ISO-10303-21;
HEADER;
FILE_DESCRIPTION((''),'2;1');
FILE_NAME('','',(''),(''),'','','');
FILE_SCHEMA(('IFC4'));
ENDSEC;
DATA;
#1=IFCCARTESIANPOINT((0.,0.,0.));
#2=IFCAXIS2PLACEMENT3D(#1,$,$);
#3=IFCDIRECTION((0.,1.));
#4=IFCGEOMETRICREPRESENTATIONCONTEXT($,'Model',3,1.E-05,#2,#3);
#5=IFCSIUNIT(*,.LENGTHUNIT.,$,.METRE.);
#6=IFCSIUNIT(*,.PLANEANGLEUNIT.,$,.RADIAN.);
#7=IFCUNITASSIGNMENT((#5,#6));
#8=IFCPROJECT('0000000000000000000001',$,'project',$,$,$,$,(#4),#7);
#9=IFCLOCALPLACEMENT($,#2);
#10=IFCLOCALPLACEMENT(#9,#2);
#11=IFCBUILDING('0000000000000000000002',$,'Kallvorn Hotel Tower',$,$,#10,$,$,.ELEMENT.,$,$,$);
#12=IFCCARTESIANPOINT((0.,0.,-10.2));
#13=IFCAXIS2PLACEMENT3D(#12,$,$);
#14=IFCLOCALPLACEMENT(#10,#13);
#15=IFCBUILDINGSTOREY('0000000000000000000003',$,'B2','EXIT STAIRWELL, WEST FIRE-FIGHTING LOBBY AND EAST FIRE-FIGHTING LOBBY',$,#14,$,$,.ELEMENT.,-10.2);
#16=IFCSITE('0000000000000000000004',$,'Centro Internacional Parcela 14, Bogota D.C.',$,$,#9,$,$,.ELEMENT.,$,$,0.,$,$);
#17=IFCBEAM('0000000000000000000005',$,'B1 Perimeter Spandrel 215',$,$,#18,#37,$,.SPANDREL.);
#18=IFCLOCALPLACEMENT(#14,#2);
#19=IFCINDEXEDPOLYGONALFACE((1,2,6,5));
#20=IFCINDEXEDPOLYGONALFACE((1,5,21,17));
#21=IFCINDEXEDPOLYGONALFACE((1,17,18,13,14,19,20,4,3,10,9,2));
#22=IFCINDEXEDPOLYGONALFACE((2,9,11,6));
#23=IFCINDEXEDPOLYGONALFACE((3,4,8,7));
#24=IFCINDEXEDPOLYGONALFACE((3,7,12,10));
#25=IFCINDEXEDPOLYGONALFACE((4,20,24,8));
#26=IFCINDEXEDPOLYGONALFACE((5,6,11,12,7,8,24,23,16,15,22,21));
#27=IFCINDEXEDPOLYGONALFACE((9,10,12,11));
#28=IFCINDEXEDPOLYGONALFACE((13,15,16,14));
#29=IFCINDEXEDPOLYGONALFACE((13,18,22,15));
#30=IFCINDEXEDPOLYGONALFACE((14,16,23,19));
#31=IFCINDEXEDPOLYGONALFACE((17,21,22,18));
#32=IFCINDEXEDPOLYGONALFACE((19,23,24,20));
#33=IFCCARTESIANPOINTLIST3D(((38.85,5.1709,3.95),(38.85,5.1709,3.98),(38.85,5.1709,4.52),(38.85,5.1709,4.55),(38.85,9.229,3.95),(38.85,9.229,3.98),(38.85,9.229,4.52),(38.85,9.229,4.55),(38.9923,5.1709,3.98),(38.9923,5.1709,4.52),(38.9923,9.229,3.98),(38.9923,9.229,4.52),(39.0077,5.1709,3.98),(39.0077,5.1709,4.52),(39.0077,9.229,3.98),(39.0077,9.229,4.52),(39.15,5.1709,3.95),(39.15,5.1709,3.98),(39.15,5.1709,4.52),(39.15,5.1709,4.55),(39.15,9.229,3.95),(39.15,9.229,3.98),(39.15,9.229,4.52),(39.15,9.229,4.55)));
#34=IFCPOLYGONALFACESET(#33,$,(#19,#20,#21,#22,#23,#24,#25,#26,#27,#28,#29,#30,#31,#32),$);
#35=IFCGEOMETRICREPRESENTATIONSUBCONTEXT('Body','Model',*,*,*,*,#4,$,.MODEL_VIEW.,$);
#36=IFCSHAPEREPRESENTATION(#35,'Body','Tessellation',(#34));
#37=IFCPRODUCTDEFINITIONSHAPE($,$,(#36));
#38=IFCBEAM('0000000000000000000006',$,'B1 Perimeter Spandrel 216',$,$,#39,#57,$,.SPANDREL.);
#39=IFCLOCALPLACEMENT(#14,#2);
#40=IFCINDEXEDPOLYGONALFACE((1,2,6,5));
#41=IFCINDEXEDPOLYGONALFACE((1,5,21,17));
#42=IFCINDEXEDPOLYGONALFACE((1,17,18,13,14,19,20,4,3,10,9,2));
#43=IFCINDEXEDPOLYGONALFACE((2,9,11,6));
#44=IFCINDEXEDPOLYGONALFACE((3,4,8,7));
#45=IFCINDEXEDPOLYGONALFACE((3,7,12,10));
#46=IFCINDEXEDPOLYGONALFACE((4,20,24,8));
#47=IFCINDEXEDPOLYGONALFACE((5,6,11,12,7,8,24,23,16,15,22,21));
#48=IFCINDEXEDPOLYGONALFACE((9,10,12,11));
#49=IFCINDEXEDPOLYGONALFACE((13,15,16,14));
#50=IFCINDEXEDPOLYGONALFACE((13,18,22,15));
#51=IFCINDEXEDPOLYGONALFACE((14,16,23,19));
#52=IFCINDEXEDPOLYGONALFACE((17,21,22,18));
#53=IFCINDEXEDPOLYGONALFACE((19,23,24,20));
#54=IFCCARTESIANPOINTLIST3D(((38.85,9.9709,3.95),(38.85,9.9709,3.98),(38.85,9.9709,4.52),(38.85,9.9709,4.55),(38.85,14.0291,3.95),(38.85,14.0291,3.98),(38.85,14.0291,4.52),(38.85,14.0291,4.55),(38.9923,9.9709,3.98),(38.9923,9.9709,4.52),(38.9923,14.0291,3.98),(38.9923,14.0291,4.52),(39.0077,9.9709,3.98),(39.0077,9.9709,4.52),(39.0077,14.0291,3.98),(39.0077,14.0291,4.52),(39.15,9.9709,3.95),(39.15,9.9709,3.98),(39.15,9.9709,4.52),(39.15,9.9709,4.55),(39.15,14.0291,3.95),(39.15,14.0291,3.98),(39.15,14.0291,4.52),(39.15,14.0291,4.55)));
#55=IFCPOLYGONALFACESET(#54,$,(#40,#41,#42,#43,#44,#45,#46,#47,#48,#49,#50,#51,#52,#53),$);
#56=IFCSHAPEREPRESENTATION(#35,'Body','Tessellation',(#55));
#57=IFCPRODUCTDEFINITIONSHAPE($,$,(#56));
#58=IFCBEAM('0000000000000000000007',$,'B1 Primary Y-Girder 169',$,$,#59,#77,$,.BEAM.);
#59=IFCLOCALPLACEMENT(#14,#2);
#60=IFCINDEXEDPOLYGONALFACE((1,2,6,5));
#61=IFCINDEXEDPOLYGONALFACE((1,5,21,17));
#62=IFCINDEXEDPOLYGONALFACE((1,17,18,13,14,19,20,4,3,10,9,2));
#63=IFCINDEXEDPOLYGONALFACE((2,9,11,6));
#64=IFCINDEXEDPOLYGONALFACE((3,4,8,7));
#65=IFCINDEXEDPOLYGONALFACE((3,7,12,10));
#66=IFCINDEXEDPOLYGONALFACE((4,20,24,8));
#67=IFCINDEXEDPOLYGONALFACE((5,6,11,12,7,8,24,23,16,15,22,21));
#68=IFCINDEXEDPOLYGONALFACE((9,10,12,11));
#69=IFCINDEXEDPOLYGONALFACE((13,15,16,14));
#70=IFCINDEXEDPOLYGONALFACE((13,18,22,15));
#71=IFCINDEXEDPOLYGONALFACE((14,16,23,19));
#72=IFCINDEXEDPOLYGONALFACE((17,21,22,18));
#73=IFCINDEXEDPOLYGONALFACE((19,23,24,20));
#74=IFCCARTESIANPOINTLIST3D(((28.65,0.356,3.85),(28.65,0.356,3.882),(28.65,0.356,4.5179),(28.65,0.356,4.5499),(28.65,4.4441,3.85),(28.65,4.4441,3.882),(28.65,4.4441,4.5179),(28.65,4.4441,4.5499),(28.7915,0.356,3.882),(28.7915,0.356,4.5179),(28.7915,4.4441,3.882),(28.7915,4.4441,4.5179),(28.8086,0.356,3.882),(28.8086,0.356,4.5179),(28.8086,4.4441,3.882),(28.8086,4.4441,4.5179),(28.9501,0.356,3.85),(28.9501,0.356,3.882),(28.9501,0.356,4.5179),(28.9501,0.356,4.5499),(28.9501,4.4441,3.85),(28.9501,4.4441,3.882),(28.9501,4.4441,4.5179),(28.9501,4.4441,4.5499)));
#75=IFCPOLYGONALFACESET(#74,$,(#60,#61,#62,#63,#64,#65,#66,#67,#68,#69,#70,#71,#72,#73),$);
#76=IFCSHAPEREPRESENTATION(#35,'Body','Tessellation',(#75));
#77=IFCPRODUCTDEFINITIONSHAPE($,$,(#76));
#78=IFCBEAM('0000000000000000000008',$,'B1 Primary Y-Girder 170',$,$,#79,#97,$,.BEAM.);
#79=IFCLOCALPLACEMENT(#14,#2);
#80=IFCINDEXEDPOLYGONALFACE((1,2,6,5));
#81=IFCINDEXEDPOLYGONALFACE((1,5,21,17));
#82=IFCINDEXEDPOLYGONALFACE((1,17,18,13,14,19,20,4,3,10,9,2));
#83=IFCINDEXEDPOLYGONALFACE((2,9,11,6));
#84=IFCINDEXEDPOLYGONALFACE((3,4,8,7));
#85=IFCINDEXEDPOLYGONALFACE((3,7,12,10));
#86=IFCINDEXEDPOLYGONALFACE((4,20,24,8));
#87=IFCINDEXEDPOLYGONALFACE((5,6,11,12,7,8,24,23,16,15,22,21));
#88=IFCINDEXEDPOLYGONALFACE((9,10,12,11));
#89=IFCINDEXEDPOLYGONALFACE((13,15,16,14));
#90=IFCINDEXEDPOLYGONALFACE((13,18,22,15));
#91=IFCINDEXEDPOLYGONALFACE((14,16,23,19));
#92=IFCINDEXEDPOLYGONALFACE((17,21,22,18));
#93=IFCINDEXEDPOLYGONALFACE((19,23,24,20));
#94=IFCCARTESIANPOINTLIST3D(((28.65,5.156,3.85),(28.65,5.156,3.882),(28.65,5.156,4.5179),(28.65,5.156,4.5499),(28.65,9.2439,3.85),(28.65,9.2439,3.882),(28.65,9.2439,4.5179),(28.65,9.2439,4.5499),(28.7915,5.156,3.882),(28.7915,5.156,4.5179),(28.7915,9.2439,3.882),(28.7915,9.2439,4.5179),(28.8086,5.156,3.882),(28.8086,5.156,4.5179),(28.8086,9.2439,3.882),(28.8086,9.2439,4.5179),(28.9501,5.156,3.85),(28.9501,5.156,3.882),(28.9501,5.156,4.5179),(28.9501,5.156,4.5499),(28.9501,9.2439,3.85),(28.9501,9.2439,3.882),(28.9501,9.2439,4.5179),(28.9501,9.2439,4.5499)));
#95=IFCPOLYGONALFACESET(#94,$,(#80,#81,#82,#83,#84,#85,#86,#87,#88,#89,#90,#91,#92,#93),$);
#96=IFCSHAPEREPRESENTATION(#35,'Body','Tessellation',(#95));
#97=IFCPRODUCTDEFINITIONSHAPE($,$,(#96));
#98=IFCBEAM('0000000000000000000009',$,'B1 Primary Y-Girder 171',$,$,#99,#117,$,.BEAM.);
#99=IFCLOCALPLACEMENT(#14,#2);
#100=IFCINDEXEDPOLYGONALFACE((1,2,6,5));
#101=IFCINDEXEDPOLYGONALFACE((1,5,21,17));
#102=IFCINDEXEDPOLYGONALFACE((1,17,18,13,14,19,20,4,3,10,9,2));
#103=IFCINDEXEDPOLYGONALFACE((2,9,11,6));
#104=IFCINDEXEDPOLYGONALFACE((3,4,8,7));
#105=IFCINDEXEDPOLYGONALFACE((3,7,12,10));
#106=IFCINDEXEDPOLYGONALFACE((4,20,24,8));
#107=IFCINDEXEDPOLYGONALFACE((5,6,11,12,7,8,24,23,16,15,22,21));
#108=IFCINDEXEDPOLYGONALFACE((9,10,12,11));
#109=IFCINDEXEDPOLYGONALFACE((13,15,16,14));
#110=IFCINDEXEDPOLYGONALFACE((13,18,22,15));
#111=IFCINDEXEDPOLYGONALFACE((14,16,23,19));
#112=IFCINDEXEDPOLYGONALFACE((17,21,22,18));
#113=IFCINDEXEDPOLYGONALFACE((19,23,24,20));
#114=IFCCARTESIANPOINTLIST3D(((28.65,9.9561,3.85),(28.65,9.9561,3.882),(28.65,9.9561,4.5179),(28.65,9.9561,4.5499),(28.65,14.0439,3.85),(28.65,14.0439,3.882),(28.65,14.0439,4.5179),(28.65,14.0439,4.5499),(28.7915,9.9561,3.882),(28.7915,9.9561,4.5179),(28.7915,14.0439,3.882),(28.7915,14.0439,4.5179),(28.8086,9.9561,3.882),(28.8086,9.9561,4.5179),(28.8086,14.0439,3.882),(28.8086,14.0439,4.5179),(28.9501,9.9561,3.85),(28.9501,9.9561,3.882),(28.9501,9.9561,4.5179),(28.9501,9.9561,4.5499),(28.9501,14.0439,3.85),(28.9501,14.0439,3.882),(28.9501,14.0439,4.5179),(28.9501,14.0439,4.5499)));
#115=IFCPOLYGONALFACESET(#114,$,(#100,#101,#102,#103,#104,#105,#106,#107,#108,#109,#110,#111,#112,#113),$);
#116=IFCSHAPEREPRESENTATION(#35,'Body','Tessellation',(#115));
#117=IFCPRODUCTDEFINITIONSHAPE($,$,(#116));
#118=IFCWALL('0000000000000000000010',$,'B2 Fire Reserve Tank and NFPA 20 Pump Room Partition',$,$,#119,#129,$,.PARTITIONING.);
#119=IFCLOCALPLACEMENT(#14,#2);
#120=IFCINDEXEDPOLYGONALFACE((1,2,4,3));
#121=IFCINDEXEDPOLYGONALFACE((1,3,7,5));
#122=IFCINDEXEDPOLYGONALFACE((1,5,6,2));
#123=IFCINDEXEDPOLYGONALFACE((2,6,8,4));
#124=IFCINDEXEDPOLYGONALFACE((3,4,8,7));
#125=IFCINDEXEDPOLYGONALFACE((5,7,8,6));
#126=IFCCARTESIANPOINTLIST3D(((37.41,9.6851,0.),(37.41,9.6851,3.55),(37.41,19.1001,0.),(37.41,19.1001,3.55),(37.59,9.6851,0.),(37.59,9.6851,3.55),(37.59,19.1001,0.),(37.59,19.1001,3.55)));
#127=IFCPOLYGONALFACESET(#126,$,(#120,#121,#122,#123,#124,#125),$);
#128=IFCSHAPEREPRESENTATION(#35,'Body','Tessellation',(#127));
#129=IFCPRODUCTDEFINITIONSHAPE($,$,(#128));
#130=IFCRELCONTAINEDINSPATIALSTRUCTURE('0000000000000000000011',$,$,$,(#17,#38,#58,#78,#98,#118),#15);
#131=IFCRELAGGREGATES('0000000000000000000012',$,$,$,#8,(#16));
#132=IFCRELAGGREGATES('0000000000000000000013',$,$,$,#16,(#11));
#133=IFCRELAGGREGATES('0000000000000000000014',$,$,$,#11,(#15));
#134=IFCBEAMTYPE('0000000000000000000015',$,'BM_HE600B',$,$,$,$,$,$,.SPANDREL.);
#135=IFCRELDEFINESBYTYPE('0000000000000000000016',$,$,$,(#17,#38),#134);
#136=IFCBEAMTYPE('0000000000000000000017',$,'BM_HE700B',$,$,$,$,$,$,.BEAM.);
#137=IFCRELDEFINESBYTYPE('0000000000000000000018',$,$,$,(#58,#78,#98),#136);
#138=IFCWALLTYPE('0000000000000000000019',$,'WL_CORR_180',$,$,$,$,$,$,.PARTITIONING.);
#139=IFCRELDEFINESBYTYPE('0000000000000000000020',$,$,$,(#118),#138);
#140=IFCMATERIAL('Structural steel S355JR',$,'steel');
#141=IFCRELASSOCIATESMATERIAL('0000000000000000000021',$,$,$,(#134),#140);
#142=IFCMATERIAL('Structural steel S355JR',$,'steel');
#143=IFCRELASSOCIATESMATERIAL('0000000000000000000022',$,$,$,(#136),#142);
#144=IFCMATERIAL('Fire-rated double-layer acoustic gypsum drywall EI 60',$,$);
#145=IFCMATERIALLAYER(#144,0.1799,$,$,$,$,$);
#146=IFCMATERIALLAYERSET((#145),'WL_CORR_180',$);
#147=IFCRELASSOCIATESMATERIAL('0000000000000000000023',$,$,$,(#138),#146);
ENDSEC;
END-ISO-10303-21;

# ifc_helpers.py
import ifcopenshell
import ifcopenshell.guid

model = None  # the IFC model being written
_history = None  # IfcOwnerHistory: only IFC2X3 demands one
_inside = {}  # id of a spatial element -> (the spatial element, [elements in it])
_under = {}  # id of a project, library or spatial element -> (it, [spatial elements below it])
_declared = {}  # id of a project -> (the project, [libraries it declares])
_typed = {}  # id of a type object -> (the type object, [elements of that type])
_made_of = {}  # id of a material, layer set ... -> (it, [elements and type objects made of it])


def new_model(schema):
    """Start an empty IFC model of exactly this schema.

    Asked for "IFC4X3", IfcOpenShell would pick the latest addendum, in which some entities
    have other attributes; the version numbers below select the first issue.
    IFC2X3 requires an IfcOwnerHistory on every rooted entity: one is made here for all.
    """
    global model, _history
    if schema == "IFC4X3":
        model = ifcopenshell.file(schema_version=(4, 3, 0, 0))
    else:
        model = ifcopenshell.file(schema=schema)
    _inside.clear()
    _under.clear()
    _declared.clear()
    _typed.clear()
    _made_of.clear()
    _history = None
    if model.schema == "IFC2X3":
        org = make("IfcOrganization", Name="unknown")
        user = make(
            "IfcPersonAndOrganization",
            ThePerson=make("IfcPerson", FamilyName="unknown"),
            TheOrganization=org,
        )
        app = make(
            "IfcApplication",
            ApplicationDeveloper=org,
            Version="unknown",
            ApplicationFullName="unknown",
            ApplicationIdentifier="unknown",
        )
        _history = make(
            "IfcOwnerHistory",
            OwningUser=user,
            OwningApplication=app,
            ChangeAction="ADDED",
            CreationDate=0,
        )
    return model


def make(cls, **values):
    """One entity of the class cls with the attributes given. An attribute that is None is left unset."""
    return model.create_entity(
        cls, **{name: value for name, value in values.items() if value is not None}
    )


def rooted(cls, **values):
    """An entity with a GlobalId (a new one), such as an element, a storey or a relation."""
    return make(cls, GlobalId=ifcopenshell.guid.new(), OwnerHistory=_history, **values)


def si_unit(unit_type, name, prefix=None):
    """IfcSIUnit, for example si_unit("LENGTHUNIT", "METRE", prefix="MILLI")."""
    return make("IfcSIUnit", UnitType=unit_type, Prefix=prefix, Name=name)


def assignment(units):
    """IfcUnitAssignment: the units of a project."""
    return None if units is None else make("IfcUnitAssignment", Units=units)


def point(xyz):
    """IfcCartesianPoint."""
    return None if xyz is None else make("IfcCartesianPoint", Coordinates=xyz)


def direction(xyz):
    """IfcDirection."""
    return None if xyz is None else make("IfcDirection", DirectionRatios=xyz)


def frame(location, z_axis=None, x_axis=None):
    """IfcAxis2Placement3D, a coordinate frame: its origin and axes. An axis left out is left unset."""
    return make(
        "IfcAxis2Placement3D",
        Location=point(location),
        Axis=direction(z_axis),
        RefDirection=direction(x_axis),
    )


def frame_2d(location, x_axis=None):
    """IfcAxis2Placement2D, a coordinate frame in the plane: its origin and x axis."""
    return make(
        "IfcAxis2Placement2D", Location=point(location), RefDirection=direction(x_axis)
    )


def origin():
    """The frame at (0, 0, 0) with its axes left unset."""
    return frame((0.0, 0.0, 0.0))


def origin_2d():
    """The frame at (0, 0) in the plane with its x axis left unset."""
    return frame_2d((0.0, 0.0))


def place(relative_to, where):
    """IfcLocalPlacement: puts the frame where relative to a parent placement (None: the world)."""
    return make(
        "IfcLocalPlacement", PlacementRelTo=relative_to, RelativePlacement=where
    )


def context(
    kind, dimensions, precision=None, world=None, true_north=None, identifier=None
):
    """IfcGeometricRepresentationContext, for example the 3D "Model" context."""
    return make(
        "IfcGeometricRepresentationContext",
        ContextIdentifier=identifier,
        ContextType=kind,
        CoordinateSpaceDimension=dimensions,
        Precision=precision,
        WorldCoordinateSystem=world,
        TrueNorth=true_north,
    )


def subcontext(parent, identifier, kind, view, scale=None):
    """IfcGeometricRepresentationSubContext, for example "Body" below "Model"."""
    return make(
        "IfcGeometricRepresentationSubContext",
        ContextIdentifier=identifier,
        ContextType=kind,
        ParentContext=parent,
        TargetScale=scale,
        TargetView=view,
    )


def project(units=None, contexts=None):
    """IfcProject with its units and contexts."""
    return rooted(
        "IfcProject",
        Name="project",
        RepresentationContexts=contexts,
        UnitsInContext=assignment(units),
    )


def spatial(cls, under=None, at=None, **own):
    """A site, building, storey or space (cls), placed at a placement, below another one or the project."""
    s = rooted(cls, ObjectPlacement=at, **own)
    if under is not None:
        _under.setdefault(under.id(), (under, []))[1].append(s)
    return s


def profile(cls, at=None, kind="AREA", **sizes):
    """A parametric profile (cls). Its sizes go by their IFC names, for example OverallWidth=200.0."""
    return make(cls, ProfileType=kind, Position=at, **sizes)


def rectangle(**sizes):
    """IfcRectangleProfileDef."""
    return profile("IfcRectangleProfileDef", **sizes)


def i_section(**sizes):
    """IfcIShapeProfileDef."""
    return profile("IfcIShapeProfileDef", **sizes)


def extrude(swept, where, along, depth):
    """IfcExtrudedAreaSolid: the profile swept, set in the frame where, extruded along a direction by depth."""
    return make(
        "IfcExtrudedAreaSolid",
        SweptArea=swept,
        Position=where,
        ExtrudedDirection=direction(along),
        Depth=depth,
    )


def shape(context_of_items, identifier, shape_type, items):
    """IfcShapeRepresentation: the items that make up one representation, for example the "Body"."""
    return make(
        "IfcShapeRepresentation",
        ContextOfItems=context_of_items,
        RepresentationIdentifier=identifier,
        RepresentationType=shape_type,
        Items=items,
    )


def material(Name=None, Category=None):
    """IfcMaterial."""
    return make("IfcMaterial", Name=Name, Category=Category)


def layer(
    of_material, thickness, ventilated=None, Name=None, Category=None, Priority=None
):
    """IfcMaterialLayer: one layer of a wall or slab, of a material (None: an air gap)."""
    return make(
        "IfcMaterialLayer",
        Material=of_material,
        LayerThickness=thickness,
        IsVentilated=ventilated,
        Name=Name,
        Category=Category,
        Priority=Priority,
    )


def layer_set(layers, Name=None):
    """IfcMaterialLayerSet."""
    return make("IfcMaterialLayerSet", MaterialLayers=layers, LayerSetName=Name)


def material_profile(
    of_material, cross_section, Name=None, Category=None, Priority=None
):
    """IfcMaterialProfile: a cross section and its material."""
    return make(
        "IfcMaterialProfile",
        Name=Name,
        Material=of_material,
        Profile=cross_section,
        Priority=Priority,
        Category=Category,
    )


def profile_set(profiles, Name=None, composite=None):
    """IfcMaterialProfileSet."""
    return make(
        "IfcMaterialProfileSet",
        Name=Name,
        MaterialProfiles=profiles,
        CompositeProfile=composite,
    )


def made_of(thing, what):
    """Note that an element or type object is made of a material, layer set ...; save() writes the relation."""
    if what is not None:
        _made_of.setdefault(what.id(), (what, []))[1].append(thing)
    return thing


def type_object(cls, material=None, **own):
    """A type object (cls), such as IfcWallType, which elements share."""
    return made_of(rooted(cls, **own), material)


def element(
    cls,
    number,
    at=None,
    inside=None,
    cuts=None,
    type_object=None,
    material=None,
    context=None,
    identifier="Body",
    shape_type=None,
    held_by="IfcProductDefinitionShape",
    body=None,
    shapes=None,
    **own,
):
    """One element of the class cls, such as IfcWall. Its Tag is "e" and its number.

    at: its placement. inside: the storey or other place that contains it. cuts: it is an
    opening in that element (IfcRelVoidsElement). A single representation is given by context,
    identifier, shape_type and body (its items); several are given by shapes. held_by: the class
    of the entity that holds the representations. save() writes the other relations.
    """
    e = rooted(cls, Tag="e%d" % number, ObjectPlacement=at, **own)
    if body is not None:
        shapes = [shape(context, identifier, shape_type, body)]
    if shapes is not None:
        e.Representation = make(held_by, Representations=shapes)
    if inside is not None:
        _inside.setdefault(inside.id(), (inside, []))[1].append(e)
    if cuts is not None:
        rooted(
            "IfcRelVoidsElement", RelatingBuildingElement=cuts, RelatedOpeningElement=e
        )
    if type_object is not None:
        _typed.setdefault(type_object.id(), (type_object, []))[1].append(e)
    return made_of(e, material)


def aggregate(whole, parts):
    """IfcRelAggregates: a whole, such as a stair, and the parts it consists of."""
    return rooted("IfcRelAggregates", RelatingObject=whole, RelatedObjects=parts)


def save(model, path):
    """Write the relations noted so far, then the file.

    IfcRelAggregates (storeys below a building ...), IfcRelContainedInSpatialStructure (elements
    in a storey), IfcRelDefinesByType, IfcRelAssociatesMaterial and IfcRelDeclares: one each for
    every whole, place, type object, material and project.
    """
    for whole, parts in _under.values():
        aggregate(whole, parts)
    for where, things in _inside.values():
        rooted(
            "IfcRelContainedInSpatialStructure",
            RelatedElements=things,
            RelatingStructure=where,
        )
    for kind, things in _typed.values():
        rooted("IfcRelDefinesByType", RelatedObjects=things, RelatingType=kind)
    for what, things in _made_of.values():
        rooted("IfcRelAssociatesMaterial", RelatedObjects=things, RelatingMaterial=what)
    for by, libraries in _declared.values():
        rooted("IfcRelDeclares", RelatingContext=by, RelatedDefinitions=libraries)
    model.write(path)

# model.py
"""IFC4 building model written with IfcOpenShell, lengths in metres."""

from ifc_helpers import new_model, si_unit, direction, frame, frame_2d, origin, origin_2d, place, context, subcontext, project, spatial, rectangle, i_section, extrude, material, layer, layer_set, material_profile, profile_set, type_object, element, save


model = new_model("IFC4")

# Units and contexts
model_context = context("Model", 3, precision=1e-05, world=origin(), true_north=direction((0.0, 1.0)))
body_context = subcontext(model_context, "Body", "Model", "MODEL_VIEW")
ifc_project = project(units=[si_unit("LENGTHUNIT", "METRE"), si_unit("PLANEANGLEUNIT", "RADIAN")], contexts=[model_context])

# Site, building, storey
site_placement = place(None, origin())
site = spatial("IfcSite", under=ifc_project, at=site_placement, Name="Centro Internacional Parcela 14, Bogota D.C.", CompositionType="ELEMENT", RefElevation=0.0)
building_placement = place(site_placement, origin())
building = spatial("IfcBuilding", under=site, at=building_placement, Name="Kallvorn Hotel Tower", CompositionType="ELEMENT")
storey_placement = place(building_placement, frame((0.0, 0.0, -10.2)))
storey = spatial("IfcBuildingStorey", under=building, at=storey_placement, Name="B2", Description="EXIT STAIRWELL, WEST FIRE-FIGHTING LOBBY AND EAST FIRE-FIGHTING LOBBY", CompositionType="ELEMENT", Elevation=-10.2)

# Beams
ifc_material_1 = material(Name="Structural steel S355JR", Category="steel")
ifc_material_profile_1 = material_profile(ifc_material_1, i_section(OverallWidth=0.3, OverallDepth=0.6001, WebThickness=0.0154, FlangeThickness=0.03, at=origin_2d()), Name="HE 600 B")
ifc_profile_set_1 = profile_set([ifc_material_profile_1], Name="Structural steel S355JR")
beam_type_1 = type_object("IfcBeamType", Name="BM_HE600B", PredefinedType="SPANDREL", material=ifc_profile_set_1)
for number, where, z_axis, x_axis, name in (
    (1, (39.0, 5.1709, 4.25), (0.0, 1.0, 0.0), (-1.0, 0.0, 0.0), "B1 Perimeter Spandrel 215"),
    (2, (39.0, 9.9709, 4.25), (0.0, 1.0, 0.0), (-1.0, 0.0, 0.0), "B1 Perimeter Spandrel 216"),
):
    element("IfcBeam", number, at=place(storey_placement, frame(where, z_axis=z_axis, x_axis=x_axis)), inside=storey, type_object=beam_type_1, Name=name, PredefinedType="SPANDREL", context=body_context, shape_type="SweptSolid", body=[
        extrude(i_section(OverallWidth=0.3, OverallDepth=0.6001, WebThickness=0.0154, FlangeThickness=0.03, at=origin_2d()), origin(), (0.0, 0.0, 1.0), 4.0581),
    ])
ifc_material_2 = material(Name="Structural steel S355JR", Category="steel")
ifc_material_profile_2 = material_profile(ifc_material_2, i_section(OverallWidth=0.3, OverallDepth=0.7, WebThickness=0.0171, FlangeThickness=0.032, at=origin_2d()), Name="HE 700 B")
ifc_profile_set_2 = profile_set([ifc_material_profile_2], Name="Structural steel S355JR")
beam_type_2 = type_object("IfcBeamType", Name="BM_HE700B", PredefinedType="BEAM", material=ifc_profile_set_2)
beam_1_placement = place(storey_placement, frame((28.8, 0.356, 4.2), z_axis=(0.0, 1.0, 0.0), x_axis=(-1.0, 0.0, 0.0)))
element("IfcBeam", 3, at=beam_1_placement, inside=storey, type_object=beam_type_2, Name="B1 Primary Y-Girder 169", PredefinedType="BEAM", context=body_context, shape_type="SweptSolid", body=[
    extrude(i_section(OverallWidth=0.3, OverallDepth=0.7, WebThickness=0.0171, FlangeThickness=0.032, at=origin_2d()), origin(), (0.0, 0.0, 1.0), 4.0881),
])
for number, where, z_axis, x_axis, name in (
    (4, (28.8, 5.156, 4.2), (0.0, 1.0, 0.0), (-1.0, 0.0, 0.0), "B1 Primary Y-Girder 170"),
    (5, (28.8, 9.9561, 4.2), (0.0, 1.0, 0.0), (-1.0, 0.0, 0.0), "B1 Primary Y-Girder 171"),
):
    element("IfcBeam", number, at=place(storey_placement, frame(where, z_axis=z_axis, x_axis=x_axis)), inside=storey, type_object=beam_type_2, Name=name, PredefinedType="BEAM", context=body_context, shape_type="SweptSolid", body=[
        extrude(i_section(OverallWidth=0.3, OverallDepth=0.7, WebThickness=0.0171, FlangeThickness=0.032, at=origin_2d()), origin(), (0.0, 0.0, 1.0), 4.0879),
    ])

# Wall
ifc_material_3 = material(Name="Fire-rated double-layer acoustic gypsum drywall EI 60")
ifc_layer = layer(ifc_material_3, 0.1799)
ifc_layer_set = layer_set([ifc_layer], Name="WL_CORR_180")
wall_type = type_object("IfcWallType", Name="WL_CORR_180", PredefinedType="PARTITIONING", material=ifc_layer_set)
wall_placement = place(storey_placement, frame((37.5, 9.6851, 0.0), z_axis=(0.0, 0.0, 1.0), x_axis=(0.0, 1.0, 0.0)))
element("IfcWall", 6, at=wall_placement, inside=storey, type_object=wall_type, Name="B2 Fire Reserve Tank and NFPA 20 Pump Room Partition", PredefinedType="PARTITIONING", context=body_context, shape_type="SweptSolid", body=[
    extrude(rectangle(XDim=9.415, YDim=0.1799, at=frame_2d((4.7075, 0.0))), origin(), (0.0, 0.0, 1.0), 3.55),
])

save(model, "model.ifc")
